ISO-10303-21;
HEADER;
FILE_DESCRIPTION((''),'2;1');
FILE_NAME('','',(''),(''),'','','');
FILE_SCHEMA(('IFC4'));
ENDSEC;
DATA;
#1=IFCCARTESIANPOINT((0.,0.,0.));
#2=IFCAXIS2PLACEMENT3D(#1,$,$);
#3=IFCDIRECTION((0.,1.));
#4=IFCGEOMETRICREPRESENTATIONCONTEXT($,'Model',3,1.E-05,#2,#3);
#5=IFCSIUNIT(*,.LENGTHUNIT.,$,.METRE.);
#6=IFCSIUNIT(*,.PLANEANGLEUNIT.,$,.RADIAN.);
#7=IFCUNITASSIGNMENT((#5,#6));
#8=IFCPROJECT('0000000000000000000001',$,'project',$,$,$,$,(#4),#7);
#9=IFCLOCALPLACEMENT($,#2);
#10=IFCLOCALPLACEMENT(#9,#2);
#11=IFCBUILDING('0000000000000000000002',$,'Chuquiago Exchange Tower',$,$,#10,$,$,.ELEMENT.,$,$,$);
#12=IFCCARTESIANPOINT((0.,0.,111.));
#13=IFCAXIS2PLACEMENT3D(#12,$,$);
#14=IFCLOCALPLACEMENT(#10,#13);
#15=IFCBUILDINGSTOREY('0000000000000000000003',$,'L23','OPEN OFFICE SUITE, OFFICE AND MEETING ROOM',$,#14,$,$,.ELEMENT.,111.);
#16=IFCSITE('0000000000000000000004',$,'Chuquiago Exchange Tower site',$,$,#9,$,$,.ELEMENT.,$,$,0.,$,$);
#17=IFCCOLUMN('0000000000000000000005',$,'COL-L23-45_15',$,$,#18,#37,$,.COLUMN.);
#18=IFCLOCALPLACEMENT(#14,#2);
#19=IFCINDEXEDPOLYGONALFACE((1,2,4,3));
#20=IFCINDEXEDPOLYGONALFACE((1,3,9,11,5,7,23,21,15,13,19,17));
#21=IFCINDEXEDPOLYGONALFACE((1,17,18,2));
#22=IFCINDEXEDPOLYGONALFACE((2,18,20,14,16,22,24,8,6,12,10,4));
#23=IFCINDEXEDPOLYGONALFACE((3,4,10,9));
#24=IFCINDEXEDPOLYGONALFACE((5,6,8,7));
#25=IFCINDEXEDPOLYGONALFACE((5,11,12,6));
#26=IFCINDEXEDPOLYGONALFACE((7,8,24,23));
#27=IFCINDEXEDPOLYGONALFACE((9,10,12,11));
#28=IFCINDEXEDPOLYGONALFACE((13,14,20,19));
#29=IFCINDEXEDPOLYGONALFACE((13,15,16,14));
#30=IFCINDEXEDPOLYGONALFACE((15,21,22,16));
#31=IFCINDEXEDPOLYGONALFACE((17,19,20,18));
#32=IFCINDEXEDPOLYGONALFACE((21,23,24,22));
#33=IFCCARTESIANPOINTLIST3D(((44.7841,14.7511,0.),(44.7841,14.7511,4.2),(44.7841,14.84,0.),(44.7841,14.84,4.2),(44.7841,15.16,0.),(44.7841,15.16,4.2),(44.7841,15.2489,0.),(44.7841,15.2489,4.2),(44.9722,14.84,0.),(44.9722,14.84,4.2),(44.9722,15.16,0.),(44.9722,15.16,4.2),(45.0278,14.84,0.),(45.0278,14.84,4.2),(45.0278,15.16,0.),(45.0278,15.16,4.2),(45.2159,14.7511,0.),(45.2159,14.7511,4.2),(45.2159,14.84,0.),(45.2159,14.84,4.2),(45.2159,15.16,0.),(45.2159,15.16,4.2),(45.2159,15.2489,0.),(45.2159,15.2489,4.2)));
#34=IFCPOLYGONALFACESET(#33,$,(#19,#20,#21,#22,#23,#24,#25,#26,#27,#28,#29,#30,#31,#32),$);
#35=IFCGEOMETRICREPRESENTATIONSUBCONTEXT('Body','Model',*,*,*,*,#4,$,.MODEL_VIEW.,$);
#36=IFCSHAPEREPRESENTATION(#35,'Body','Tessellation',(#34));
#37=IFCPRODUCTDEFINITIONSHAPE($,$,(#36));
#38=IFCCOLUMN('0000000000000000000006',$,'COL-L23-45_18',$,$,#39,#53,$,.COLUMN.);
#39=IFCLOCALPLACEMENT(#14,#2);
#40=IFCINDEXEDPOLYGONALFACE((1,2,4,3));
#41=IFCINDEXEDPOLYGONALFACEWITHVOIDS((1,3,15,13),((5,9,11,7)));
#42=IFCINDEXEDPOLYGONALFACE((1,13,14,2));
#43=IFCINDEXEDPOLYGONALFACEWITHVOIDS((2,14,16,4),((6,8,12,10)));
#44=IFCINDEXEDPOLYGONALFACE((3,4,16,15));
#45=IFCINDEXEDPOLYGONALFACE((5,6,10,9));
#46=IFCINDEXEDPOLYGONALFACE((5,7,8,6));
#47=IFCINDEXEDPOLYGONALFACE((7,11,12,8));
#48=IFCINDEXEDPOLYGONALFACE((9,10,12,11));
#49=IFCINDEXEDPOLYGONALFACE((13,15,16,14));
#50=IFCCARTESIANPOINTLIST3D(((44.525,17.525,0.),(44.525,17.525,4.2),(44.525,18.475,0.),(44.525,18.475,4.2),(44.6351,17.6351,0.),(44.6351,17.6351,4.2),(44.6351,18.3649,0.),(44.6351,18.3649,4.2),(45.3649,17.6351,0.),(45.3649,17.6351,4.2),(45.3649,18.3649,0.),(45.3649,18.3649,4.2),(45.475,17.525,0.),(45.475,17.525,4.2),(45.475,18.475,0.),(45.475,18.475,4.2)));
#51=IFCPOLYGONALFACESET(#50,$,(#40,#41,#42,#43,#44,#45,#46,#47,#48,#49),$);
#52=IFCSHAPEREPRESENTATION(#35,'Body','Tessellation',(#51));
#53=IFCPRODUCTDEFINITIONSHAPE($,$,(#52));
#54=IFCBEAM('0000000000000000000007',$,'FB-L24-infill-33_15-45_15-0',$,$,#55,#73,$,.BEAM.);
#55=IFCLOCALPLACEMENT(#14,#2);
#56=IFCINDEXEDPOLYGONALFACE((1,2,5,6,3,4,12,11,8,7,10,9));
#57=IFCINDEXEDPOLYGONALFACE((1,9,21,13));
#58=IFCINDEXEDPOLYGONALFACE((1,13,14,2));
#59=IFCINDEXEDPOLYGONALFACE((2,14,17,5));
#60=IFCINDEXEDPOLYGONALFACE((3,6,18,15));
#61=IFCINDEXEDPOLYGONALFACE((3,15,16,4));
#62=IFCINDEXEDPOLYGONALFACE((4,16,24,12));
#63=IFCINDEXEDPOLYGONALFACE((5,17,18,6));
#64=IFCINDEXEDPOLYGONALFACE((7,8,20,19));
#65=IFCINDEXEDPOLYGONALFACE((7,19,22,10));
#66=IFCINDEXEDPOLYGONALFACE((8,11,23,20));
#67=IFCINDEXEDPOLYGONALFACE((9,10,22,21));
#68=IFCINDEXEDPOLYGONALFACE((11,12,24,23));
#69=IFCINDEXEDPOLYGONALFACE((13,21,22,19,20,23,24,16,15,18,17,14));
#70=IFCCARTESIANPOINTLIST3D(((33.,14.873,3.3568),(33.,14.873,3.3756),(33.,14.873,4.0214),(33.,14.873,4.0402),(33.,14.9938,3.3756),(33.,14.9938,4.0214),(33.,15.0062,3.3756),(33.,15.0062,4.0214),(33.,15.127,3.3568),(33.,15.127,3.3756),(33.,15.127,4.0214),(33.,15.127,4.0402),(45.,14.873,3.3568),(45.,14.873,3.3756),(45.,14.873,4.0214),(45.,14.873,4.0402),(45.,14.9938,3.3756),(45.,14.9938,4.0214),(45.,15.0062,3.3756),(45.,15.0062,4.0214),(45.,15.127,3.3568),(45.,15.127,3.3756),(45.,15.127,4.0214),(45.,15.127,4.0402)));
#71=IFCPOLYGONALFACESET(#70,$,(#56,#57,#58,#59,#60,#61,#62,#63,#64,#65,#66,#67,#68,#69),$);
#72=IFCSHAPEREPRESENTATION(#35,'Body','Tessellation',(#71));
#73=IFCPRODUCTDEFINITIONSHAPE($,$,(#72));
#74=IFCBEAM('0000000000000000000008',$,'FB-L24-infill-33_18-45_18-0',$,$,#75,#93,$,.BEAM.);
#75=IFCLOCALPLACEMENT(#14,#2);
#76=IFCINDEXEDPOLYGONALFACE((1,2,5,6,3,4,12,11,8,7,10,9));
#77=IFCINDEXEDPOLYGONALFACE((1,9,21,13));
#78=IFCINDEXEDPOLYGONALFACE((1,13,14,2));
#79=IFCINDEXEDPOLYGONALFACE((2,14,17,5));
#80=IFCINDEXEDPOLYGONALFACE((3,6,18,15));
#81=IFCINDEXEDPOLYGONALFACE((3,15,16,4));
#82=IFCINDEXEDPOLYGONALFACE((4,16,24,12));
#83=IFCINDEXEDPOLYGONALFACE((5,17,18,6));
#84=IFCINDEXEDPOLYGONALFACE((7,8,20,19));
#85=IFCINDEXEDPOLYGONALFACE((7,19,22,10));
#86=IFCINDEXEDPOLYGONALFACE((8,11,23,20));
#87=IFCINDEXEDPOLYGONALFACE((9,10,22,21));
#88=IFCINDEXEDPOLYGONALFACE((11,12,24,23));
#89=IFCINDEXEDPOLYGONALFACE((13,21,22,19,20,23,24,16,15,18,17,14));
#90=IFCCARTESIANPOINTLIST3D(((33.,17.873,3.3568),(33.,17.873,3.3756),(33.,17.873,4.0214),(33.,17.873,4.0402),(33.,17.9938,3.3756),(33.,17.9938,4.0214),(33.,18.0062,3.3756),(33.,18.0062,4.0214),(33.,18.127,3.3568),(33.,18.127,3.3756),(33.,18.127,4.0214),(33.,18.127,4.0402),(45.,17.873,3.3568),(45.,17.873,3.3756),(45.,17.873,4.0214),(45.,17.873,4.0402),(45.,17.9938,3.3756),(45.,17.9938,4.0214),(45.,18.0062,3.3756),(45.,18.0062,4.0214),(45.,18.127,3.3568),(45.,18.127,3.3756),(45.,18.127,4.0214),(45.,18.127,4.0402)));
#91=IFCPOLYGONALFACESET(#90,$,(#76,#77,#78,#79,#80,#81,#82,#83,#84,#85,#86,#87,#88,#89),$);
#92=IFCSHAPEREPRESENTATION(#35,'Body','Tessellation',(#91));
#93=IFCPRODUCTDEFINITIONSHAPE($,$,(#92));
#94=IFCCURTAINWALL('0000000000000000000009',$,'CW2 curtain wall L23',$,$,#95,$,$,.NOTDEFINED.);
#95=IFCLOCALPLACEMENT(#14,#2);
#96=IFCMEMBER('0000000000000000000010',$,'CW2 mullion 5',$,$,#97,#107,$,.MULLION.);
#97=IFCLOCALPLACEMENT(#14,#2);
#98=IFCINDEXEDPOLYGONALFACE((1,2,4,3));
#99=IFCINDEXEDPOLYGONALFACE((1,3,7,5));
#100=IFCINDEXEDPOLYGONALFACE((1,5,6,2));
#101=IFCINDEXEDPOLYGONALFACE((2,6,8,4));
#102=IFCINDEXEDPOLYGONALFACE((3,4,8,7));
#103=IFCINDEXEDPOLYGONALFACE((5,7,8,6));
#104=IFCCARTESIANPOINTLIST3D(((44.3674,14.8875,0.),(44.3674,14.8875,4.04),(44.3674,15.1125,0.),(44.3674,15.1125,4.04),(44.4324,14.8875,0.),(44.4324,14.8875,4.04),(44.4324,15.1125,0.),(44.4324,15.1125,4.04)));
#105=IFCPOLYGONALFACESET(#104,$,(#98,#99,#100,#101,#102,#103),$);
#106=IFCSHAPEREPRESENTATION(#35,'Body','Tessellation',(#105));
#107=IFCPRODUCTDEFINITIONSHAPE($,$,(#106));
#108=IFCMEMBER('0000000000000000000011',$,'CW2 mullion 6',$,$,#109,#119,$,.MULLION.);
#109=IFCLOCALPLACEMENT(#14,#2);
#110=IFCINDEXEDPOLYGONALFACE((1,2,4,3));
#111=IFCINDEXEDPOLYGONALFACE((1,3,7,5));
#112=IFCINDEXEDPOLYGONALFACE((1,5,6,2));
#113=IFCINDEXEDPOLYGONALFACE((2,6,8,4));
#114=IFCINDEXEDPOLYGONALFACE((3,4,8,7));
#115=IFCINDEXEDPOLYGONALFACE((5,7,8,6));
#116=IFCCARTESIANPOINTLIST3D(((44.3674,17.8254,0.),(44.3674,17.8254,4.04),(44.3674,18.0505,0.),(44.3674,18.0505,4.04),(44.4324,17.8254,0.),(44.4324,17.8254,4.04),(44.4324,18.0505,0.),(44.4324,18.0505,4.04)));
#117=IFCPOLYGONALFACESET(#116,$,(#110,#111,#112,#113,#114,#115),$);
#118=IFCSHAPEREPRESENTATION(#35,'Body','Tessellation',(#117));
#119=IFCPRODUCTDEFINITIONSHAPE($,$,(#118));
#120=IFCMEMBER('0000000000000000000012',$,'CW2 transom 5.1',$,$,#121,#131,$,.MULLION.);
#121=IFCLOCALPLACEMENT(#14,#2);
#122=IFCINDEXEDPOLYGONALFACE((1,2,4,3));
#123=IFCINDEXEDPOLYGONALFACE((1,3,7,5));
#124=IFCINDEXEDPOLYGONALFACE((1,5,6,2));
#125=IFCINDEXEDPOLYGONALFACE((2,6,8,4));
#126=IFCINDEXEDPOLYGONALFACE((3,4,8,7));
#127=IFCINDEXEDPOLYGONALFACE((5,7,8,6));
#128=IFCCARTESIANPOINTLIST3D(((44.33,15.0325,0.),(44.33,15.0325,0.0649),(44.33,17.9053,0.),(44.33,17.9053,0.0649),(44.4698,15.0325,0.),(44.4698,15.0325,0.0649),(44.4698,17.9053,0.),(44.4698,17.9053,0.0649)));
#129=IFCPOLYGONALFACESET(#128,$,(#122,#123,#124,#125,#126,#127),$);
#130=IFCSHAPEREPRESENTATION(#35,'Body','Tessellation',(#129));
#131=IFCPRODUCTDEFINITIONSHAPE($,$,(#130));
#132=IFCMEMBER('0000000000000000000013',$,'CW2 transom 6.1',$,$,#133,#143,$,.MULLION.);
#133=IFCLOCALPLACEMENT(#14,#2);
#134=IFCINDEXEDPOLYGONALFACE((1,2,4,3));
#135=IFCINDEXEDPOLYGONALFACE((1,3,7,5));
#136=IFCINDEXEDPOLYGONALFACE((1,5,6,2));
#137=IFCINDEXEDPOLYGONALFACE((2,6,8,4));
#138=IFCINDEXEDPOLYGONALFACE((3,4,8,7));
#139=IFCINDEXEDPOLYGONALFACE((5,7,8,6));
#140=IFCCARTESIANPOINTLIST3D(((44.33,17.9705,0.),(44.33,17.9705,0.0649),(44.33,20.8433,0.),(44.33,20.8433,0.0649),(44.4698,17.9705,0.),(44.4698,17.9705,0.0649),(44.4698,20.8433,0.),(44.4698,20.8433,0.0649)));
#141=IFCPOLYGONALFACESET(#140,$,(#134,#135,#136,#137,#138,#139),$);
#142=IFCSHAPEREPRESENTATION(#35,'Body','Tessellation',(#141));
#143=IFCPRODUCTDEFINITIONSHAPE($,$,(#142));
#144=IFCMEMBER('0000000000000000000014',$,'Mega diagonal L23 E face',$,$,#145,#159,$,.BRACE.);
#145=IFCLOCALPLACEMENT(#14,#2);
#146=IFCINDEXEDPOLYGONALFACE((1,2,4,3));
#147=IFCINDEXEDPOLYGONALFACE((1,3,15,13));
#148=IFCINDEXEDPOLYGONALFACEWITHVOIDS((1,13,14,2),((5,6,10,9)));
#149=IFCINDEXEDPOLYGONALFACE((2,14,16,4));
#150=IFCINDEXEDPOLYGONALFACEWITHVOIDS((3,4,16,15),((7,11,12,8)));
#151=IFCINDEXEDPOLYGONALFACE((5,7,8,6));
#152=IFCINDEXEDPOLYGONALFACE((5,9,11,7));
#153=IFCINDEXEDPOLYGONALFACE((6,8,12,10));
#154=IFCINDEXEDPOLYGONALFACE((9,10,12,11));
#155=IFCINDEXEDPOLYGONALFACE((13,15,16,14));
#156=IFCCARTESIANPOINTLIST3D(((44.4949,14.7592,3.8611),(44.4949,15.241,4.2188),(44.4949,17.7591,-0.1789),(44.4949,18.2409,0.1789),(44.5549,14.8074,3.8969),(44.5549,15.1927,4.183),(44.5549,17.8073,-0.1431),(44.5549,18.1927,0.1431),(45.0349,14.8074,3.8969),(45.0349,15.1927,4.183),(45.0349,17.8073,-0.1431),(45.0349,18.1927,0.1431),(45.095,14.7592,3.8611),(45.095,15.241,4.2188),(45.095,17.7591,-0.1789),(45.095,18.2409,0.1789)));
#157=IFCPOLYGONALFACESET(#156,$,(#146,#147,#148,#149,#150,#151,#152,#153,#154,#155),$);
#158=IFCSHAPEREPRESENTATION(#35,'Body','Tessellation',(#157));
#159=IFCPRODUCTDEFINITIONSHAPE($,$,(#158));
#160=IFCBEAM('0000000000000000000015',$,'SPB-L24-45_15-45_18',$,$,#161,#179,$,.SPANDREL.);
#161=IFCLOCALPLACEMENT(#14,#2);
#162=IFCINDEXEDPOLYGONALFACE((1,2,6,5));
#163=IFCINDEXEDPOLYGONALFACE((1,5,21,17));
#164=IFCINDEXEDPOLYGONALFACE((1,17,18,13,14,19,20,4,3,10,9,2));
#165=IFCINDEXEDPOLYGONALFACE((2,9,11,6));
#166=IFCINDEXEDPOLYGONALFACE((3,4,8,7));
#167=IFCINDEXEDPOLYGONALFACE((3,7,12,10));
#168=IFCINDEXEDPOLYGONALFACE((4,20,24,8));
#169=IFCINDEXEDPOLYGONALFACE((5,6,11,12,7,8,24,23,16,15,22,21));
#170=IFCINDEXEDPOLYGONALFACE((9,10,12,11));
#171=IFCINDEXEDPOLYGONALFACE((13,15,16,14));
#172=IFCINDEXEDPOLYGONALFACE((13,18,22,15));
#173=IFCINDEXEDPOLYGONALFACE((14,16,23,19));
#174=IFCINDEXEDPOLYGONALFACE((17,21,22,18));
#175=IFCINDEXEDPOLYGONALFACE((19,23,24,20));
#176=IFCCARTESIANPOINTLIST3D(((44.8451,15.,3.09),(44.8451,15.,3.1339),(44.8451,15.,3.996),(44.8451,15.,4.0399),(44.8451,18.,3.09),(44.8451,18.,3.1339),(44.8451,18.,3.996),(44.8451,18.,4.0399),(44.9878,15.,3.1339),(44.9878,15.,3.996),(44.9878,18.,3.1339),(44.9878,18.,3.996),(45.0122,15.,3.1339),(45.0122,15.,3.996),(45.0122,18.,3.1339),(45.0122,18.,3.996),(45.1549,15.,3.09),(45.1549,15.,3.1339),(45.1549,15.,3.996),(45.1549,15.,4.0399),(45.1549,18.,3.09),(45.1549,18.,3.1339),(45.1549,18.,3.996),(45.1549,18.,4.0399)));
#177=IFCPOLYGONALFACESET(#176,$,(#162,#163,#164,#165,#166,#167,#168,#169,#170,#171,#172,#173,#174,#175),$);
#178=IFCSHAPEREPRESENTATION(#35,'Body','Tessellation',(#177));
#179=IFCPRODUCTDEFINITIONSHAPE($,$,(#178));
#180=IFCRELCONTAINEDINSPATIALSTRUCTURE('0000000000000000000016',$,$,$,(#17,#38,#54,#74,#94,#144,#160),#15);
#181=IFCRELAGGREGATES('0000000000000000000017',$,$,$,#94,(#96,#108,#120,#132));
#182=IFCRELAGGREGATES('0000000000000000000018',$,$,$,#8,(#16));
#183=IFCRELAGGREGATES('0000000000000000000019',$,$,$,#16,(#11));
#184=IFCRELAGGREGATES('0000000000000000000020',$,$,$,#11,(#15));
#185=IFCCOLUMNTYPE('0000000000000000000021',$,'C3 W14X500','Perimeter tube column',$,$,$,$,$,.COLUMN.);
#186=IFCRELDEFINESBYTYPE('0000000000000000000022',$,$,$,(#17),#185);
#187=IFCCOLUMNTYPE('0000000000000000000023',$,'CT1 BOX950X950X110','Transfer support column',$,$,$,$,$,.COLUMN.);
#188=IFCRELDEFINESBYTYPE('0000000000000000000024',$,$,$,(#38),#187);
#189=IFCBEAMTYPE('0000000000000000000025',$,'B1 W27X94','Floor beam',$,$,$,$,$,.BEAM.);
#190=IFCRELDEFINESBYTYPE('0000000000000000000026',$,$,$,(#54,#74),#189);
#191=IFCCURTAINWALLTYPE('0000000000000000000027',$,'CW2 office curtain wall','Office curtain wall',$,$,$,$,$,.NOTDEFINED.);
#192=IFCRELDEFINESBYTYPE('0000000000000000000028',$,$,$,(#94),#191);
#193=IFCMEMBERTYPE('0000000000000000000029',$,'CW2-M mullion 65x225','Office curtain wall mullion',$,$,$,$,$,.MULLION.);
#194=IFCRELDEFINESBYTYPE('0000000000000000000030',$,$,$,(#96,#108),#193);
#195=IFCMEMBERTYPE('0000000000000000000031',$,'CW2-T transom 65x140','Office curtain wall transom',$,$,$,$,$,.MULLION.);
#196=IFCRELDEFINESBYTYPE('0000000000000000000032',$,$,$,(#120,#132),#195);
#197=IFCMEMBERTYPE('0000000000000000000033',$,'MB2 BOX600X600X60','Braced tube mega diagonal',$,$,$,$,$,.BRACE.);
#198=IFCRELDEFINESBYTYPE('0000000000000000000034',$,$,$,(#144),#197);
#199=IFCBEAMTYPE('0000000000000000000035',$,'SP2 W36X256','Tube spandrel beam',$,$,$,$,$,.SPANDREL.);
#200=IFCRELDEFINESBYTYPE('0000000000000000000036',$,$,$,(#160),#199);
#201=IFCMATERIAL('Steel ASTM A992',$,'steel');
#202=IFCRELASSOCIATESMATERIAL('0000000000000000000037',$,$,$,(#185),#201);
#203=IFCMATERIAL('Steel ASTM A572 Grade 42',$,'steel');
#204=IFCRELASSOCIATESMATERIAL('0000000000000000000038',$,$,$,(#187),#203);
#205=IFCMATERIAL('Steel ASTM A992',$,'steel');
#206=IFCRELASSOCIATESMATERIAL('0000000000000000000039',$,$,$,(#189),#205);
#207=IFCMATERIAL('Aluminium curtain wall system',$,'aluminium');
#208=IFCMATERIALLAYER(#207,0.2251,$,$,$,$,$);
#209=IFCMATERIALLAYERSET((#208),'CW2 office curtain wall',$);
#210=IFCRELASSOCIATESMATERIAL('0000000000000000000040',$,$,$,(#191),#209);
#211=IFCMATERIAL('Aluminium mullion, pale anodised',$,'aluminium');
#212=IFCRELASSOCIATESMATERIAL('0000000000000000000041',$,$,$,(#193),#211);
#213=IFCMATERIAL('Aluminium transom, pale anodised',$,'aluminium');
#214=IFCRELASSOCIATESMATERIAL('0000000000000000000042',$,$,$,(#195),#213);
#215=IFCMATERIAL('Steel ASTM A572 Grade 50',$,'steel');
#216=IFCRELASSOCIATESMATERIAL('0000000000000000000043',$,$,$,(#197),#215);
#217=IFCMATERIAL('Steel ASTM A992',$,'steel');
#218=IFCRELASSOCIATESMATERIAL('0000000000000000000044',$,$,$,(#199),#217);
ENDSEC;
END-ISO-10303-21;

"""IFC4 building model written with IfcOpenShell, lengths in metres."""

from ifc_helpers import new_model, si_unit, direction, frame, origin, origin_2d, place, context, subcontext, project, spatial, rectangle, hollow_rectangle, i_section, extrude, material, layer, layer_set, material_profile, profile_set, type_object, element, aggregate, save


model = new_model("IFC4")

# Units and contexts
model_context = context("Model", 3, precision=1e-05, world=origin(), true_north=direction((0.0, 1.0)))
body_context = subcontext(model_context, "Body", "Model", "MODEL_VIEW")
ifc_project = project(units=[si_unit("LENGTHUNIT", "METRE"), si_unit("PLANEANGLEUNIT", "RADIAN")], contexts=[model_context])

# Site, building, storey
site_placement = place(None, origin())
site = spatial("IfcSite", under=ifc_project, at=site_placement, Name="Chuquiago Exchange Tower site", CompositionType="ELEMENT", RefElevation=0.0)
building_placement = place(site_placement, origin())
building = spatial("IfcBuilding", under=site, at=building_placement, Name="Chuquiago Exchange Tower", CompositionType="ELEMENT")
storey_placement = place(building_placement, frame((0.0, 0.0, 111.0)))
storey = spatial("IfcBuildingStorey", under=building, at=storey_placement, Name="L23", Description="OPEN OFFICE SUITE, OFFICE AND MEETING ROOM", CompositionType="ELEMENT", Elevation=111.0)

# Columns
ifc_material_1 = material(Name="Steel ASTM A992", Category="steel")
ifc_material_profile_1 = material_profile(ifc_material_1, i_section(OverallWidth=0.4319, OverallDepth=0.4978, WebThickness=0.0557, FlangeThickness=0.0889, at=origin_2d()), Name="W14X500")
ifc_profile_set_1 = profile_set([ifc_material_profile_1], Name="Steel ASTM A992")
column_type_1 = type_object("IfcColumnType", Name="C3 W14X500", Description="Perimeter tube column", PredefinedType="COLUMN", material=ifc_profile_set_1)
column_1_placement = place(storey_placement, frame((45.0, 15.0, 0.0), z_axis=(0.0, 0.0, 1.0), x_axis=(1.0, 0.0, 0.0)))
element("IfcColumn", 1, at=column_1_placement, inside=storey, type_object=column_type_1, Name="COL-L23-45_15", PredefinedType="COLUMN", context=body_context, shape_type="SweptSolid", body=[
    extrude(i_section(OverallWidth=0.4319, OverallDepth=0.4978, WebThickness=0.0557, FlangeThickness=0.0889, at=origin_2d()), origin(), (0.0, 0.0, 1.0), 4.2),
])
ifc_material_2 = material(Name="Steel ASTM A572 Grade 42", Category="steel")
ifc_material_profile_2 = material_profile(ifc_material_2, hollow_rectangle(XDim=0.95, YDim=0.95, WallThickness=0.1101, at=origin_2d()), Name="BOX950X950X110")
ifc_profile_set_2 = profile_set([ifc_material_profile_2], Name="Steel ASTM A572 Grade 42")
column_type_2 = type_object("IfcColumnType", Name="CT1 BOX950X950X110", Description="Transfer support column", PredefinedType="COLUMN", material=ifc_profile_set_2)
column_2_placement = place(storey_placement, frame((45.0, 18.0, 0.0), z_axis=(0.0, 0.0, 1.0), x_axis=(1.0, 0.0, 0.0)))
element("IfcColumn", 2, at=column_2_placement, inside=storey, type_object=column_type_2, Name="COL-L23-45_18", PredefinedType="COLUMN", context=body_context, shape_type="SweptSolid", body=[
    extrude(hollow_rectangle(XDim=0.95, YDim=0.95, WallThickness=0.1101, at=origin_2d()), origin(), (0.0, 0.0, 1.0), 4.2),
])

# Beams
ifc_material_3 = material(Name="Steel ASTM A992", Category="steel")
ifc_material_profile_3 = material_profile(ifc_material_3, i_section(OverallWidth=0.2539, OverallDepth=0.6833, WebThickness=0.0125, FlangeThickness=0.0188, at=origin_2d()), Name="W27X94")
ifc_profile_set_3 = profile_set([ifc_material_profile_3], Name="Steel ASTM A992")
beam_type_1 = type_object("IfcBeamType", Name="B1 W27X94", Description="Floor beam", PredefinedType="BEAM", material=ifc_profile_set_3)
for number, where, z_axis, x_axis, name in (
    (3, (33.0, 15.0, 3.6985), (1.0, 0.0, 0.0), (0.0, 1.0, 0.0), "FB-L24-infill-33_15-45_15-0"),
    (4, (33.0, 18.0, 3.6985), (1.0, 0.0, 0.0), (0.0, 1.0, 0.0), "FB-L24-infill-33_18-45_18-0"),
):
    element("IfcBeam", number, at=place(storey_placement, frame(where, z_axis=z_axis, x_axis=x_axis)), inside=storey, type_object=beam_type_1, Name=name, PredefinedType="BEAM", context=body_context, shape_type="SweptSolid", body=[
        extrude(i_section(OverallWidth=0.2539, OverallDepth=0.6833, WebThickness=0.0125, FlangeThickness=0.0188, at=origin_2d()), origin(), (0.0, 0.0, 1.0), 12.0),
    ])

# Curtain wall, members
ifc_material_4 = material(Name="Aluminium curtain wall system", Category="aluminium")
ifc_layer_1 = layer(ifc_material_4, 0.2251)
ifc_layer_set_1 = layer_set([ifc_layer_1], Name="CW2 office curtain wall")
curtain_wall_type = type_object("IfcCurtainWallType", Name="CW2 office curtain wall", Description="Office curtain wall", PredefinedType="NOTDEFINED", material=ifc_layer_set_1)
curtain_wall_placement = place(storey_placement, origin())
curtain_wall = element("IfcCurtainWall", 5, at=curtain_wall_placement, inside=storey, type_object=curtain_wall_type, Name="CW2 curtain wall L23", PredefinedType="NOTDEFINED")
ifc_material_5 = material(Name="Aluminium mullion, pale anodised", Category="aluminium")
ifc_material_profile_4 = material_profile(ifc_material_5, rectangle(XDim=0.0649, YDim=0.2251, at=origin_2d()), Name="AL 65x225")
ifc_profile_set_4 = profile_set([ifc_material_profile_4], Name="Aluminium mullion, pale anodised")
member_type_1 = type_object("IfcMemberType", Name="CW2-M mullion 65x225", Description="Office curtain wall mullion", PredefinedType="MULLION", material=ifc_profile_set_4)
member_1_placement = place(storey_placement, frame((44.3999, 15.0, 0.0), z_axis=(0.0, 0.0, 1.0), x_axis=(-1.0, 0.0, 0.0)))
member_1 = element("IfcMember", 6, at=member_1_placement, type_object=member_type_1, Name="CW2 mullion 5", PredefinedType="MULLION", context=body_context, shape_type="SweptSolid", body=[
    extrude(rectangle(XDim=0.0649, YDim=0.2251, at=origin_2d()), origin(), (0.0, 0.0, 1.0), 4.04),
])
member_2_placement = place(storey_placement, frame((44.3999, 17.938, 0.0), z_axis=(0.0, 0.0, 1.0), x_axis=(-1.0, 0.0, 0.0)))
member_2 = element("IfcMember", 7, at=member_2_placement, type_object=member_type_1, Name="CW2 mullion 6", PredefinedType="MULLION", context=body_context, shape_type="SweptSolid", body=[
    extrude(rectangle(XDim=0.0649, YDim=0.2251, at=origin_2d()), origin(), (0.0, 0.0, 1.0), 4.04),
])
ifc_material_6 = material(Name="Aluminium transom, pale anodised", Category="aluminium")
ifc_material_profile_5 = material_profile(ifc_material_6, rectangle(XDim=0.1399, YDim=0.0649, at=origin_2d()), Name="AL 140x65")
ifc_profile_set_5 = profile_set([ifc_material_profile_5], Name="Aluminium transom, pale anodised")
member_type_2 = type_object("IfcMemberType", Name="CW2-T transom 65x140", Description="Office curtain wall transom", PredefinedType="MULLION", material=ifc_profile_set_5)
member_3_placement = place(storey_placement, frame((44.3999, 15.0325, 0.0325), z_axis=(0.0, 1.0, 0.0), x_axis=(-1.0, 0.0, 0.0)))
member_3 = element("IfcMember", 8, at=member_3_placement, type_object=member_type_2, Name="CW2 transom 5.1", PredefinedType="MULLION", context=body_context, shape_type="SweptSolid", body=[
    extrude(rectangle(XDim=0.1399, YDim=0.0649, at=origin_2d()), origin(), (0.0, 0.0, 1.0), 2.8728),
])
member_4_placement = place(storey_placement, frame((44.3999, 17.9705, 0.0325), z_axis=(0.0, 1.0, 0.0), x_axis=(-1.0, 0.0, 0.0)))
member_4 = element("IfcMember", 9, at=member_4_placement, type_object=member_type_2, Name="CW2 transom 6.1", PredefinedType="MULLION", context=body_context, shape_type="SweptSolid", body=[
    extrude(rectangle(XDim=0.1399, YDim=0.0649, at=origin_2d()), origin(), (0.0, 0.0, 1.0), 2.8728),
])

# Member
ifc_material_7 = material(Name="Steel ASTM A572 Grade 50", Category="steel")
ifc_material_profile_6 = material_profile(ifc_material_7, hollow_rectangle(XDim=0.6001, YDim=0.6001, WallThickness=0.0601, at=origin_2d()), Name="BOX600X600X60")
ifc_profile_set_6 = profile_set([ifc_material_profile_6], Name="Steel ASTM A572 Grade 50")
member_type_3 = type_object("IfcMemberType", Name="MB2 BOX600X600X60", Description="Braced tube mega diagonal", PredefinedType="BRACE", material=ifc_profile_set_6)
member_5_placement = place(storey_placement, frame((44.7949, 18.0, 0.0), z_axis=(0.0, -0.596174, 0.802855), x_axis=(1.0, 0.0, 0.0)))
element("IfcMember", 10, at=member_5_placement, inside=storey, type_object=member_type_3, Name="Mega diagonal L23 E face", PredefinedType="BRACE", context=body_context, shape_type="SweptSolid", body=[
    extrude(hollow_rectangle(XDim=0.6001, YDim=0.6001, WallThickness=0.0601, at=origin_2d()), origin(), (0.0, 0.0, 1.0), 5.032),
])

# Beam
ifc_material_8 = material(Name="Steel ASTM A992", Category="steel")
ifc_material_profile_7 = material_profile(ifc_material_8, i_section(OverallWidth=0.3098, OverallDepth=0.95, WebThickness=0.0244, FlangeThickness=0.0439, at=origin_2d()), Name="W36X256")
ifc_profile_set_7 = profile_set([ifc_material_profile_7], Name="Steel ASTM A992")
beam_type_2 = type_object("IfcBeamType", Name="SP2 W36X256", Description="Tube spandrel beam", PredefinedType="SPANDREL", material=ifc_profile_set_7)
for number, where, z_axis, x_axis, name in (
    (11, (45.0, 15.0, 3.5649), (0.0, 1.0, 0.0), (-1.0, 0.0, 0.0), "SPB-L24-45_15-45_18"),
):
    element("IfcBeam", number, at=place(storey_placement, frame(where, z_axis=z_axis, x_axis=x_axis)), inside=storey, type_object=beam_type_2, Name=name, PredefinedType="SPANDREL", context=body_context, shape_type="SweptSolid", body=[
        extrude(i_section(OverallWidth=0.3098, OverallDepth=0.95, WebThickness=0.0244, FlangeThickness=0.0439, at=origin_2d()), origin(), (0.0, 0.0, 1.0), 3.0),
    ])

aggregate(curtain_wall, [member_1, member_2, member_3, member_4])

save(model, "model.ifc")
